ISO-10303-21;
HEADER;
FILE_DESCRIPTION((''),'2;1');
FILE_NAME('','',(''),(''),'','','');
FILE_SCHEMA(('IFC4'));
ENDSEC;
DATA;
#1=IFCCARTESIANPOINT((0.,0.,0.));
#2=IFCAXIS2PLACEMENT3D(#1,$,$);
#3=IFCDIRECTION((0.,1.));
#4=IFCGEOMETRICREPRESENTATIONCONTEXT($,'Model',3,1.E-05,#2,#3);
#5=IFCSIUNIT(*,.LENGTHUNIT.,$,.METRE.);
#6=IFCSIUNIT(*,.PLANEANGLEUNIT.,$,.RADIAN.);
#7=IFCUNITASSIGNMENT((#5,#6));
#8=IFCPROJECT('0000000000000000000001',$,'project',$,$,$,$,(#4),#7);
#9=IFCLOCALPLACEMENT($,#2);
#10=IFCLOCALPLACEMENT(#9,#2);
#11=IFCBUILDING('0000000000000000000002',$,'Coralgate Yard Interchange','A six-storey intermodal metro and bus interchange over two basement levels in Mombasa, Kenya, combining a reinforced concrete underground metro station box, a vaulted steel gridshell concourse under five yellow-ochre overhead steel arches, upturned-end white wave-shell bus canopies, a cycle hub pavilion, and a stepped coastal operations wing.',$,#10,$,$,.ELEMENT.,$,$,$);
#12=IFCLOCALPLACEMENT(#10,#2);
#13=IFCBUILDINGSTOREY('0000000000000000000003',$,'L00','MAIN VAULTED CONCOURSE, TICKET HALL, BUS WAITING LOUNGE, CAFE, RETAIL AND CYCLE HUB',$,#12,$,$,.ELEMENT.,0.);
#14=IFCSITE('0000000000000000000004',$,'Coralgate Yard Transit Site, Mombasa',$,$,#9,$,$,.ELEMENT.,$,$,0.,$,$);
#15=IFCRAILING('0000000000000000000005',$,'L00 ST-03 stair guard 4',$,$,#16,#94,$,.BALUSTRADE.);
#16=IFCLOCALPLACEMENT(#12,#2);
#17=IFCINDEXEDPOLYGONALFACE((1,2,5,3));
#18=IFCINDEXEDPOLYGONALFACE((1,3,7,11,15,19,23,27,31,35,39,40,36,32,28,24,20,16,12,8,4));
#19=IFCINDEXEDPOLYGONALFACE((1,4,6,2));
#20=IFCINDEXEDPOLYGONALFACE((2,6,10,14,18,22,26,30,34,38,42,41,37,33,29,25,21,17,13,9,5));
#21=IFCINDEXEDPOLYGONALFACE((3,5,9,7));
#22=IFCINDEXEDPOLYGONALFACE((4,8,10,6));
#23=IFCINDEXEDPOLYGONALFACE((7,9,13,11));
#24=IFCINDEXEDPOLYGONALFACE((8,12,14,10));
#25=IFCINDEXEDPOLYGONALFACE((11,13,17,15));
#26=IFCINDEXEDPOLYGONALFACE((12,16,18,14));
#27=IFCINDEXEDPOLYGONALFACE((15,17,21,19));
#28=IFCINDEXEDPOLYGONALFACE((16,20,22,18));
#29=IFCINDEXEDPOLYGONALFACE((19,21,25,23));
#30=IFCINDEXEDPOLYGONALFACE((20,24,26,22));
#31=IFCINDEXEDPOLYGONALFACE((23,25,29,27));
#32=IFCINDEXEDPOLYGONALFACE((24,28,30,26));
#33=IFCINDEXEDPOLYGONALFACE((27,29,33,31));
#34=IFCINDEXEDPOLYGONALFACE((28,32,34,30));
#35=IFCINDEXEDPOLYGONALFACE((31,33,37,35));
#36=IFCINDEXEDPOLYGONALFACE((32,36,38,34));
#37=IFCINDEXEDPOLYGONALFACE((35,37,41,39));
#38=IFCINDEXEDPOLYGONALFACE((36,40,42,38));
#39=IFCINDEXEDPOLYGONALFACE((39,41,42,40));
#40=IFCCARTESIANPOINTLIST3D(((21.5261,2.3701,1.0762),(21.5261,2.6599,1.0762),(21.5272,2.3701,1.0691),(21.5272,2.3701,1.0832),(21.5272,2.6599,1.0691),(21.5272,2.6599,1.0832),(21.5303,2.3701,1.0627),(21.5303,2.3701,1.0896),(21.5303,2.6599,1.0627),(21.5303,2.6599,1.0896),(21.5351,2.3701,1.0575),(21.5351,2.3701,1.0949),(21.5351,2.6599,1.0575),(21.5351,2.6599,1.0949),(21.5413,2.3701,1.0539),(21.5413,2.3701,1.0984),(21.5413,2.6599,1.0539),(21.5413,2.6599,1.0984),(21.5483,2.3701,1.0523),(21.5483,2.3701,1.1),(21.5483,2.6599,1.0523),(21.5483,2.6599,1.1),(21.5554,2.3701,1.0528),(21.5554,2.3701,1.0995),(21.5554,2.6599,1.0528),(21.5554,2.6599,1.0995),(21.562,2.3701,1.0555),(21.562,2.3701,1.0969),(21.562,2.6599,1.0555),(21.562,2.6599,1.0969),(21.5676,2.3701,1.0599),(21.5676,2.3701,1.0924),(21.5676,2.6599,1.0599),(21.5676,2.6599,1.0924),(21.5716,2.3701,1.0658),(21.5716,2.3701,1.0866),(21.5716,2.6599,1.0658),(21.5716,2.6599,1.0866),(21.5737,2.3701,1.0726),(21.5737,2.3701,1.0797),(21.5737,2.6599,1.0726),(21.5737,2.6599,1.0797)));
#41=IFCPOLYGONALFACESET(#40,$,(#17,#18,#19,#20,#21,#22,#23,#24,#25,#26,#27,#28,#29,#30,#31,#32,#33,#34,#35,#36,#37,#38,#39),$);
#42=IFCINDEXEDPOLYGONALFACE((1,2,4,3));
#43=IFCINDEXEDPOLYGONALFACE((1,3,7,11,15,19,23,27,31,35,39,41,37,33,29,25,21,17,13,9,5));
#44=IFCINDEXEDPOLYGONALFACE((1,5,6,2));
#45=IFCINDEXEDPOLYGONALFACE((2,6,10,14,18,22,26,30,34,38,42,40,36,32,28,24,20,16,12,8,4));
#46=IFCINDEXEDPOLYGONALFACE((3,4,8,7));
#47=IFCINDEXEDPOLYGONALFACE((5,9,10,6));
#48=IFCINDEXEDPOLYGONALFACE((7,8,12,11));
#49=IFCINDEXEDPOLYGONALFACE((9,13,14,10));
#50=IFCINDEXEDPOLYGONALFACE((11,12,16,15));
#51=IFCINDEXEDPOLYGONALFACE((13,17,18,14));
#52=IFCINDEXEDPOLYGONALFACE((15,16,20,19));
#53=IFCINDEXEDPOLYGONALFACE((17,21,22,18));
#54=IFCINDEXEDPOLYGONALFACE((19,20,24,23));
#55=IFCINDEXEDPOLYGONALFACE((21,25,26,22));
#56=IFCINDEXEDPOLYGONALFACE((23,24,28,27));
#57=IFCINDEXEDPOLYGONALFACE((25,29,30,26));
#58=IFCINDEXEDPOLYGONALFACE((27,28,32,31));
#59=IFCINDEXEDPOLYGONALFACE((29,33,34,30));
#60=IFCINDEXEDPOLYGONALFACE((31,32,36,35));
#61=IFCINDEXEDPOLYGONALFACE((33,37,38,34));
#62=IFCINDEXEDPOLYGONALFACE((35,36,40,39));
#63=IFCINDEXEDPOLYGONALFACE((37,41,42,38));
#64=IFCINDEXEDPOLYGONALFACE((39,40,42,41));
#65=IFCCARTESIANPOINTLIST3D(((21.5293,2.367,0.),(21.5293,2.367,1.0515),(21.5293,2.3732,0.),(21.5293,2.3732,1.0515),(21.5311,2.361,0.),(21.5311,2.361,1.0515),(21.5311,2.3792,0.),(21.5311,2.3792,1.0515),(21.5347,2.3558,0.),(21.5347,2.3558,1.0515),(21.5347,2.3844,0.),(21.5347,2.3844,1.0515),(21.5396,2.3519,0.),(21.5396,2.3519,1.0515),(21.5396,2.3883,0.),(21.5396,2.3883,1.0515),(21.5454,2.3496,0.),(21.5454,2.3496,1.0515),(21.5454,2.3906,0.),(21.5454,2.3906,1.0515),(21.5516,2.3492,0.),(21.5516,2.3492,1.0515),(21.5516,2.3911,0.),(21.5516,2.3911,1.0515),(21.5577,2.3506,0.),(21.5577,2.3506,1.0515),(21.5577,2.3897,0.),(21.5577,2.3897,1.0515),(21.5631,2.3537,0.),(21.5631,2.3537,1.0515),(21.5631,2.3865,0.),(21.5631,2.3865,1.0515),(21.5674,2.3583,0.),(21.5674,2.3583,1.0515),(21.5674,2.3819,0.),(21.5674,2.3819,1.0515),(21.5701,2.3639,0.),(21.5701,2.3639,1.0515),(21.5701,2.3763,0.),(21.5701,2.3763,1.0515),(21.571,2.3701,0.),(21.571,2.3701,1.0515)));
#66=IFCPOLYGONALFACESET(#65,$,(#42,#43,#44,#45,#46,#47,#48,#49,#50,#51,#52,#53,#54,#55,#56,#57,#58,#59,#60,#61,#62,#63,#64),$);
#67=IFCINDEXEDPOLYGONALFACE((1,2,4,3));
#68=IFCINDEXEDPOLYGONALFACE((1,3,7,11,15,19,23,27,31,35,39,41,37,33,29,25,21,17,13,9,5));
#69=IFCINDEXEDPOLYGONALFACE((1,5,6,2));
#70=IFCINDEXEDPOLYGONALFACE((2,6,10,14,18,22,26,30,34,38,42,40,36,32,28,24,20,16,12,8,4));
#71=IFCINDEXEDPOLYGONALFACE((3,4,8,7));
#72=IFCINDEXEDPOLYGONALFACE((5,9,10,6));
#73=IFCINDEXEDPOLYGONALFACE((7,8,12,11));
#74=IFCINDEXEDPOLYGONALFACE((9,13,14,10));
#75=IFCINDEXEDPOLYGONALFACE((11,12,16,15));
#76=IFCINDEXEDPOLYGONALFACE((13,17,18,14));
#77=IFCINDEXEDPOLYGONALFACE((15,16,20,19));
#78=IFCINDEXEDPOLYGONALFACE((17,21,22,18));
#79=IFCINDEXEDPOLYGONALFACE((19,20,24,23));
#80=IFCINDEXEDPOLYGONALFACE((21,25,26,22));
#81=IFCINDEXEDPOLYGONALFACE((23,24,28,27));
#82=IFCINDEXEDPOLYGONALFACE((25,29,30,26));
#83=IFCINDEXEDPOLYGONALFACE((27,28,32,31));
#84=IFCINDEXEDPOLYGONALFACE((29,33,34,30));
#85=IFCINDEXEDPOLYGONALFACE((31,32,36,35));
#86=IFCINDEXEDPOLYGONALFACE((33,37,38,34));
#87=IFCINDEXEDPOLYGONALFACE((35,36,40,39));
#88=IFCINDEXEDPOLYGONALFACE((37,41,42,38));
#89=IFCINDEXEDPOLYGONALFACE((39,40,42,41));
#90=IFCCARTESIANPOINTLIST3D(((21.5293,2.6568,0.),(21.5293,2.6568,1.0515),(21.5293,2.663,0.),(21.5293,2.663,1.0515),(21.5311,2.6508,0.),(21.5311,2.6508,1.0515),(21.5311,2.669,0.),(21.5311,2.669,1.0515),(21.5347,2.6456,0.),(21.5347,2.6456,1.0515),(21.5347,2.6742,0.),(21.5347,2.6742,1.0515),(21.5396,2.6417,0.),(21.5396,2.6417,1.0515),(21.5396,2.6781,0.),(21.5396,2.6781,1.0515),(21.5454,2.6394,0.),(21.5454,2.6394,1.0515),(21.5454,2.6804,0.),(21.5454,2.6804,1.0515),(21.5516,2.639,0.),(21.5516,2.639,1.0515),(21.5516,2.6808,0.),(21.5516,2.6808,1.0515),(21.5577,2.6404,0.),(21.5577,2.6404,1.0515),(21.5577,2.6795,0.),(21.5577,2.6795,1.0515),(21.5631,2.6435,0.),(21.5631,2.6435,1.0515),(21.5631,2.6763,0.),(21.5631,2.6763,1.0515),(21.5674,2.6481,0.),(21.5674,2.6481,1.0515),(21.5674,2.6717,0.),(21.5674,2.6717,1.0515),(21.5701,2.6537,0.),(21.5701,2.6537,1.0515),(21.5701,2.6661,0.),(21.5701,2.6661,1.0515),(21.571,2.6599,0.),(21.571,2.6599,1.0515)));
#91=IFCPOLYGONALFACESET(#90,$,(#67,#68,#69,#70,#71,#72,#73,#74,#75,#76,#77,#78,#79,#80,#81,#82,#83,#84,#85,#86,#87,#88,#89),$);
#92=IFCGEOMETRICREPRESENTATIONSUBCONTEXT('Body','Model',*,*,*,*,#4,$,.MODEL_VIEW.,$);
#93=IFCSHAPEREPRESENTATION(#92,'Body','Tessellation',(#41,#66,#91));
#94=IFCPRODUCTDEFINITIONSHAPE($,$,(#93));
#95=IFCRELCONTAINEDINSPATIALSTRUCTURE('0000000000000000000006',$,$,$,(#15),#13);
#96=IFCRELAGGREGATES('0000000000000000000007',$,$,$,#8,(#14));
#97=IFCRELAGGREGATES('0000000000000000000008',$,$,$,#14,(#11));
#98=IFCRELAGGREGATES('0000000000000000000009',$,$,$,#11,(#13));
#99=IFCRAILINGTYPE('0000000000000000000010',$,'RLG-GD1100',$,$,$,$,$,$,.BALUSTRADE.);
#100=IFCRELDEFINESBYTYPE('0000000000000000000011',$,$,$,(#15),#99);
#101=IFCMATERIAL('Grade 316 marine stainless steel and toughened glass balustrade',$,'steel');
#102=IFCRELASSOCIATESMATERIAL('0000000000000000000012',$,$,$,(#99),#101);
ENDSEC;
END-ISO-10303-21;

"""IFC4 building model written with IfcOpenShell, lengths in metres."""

from ifc_helpers import new_model, si_unit, direction, frame, origin, origin_2d, place, context, subcontext, project, spatial, circle, extrude, material, type_object, element, save


model = new_model("IFC4")

# Units and contexts
model_context = context("Model", 3, precision=1e-05, world=origin(), true_north=direction((0.0, 1.0)))
body_context = subcontext(model_context, "Body", "Model", "MODEL_VIEW")
ifc_project = project(units=[si_unit("LENGTHUNIT", "METRE"), si_unit("PLANEANGLEUNIT", "RADIAN")], contexts=[model_context])

# Site, building, storey
site_placement = place(None, origin())
site = spatial("IfcSite", under=ifc_project, at=site_placement, Name="Coralgate Yard Transit Site, Mombasa", CompositionType="ELEMENT", RefElevation=0.0)
building_placement = place(site_placement, origin())
building = spatial("IfcBuilding", under=site, at=building_placement, Name="Coralgate Yard Interchange", Description="A six-storey intermodal metro and bus interchange over two basement levels in Mombasa, Kenya, combining a reinforced concrete underground metro station box, a vaulted steel gridshell concourse under five yellow-ochre overhead steel arches, upturned-end white wave-shell bus canopies, a cycle hub pavilion, and a stepped coastal operations wing.", CompositionType="ELEMENT")
storey_placement = place(building_placement, origin())
storey = spatial("IfcBuildingStorey", under=building, at=storey_placement, Name="L00", Description="MAIN VAULTED CONCOURSE, TICKET HALL, BUS WAITING LOUNGE, CAFE, RETAIL AND CYCLE HUB", CompositionType="ELEMENT", Elevation=0.0)

# Railing
ifc_material_1 = material(Name="Grade 316 marine stainless steel and toughened glass balustrade", Category="steel")
railing_type_1 = type_object("IfcRailingType", Name="RLG-GD1100", PredefinedType="BALUSTRADE", material=ifc_material_1)
railing_1_placement = place(storey_placement, frame((21.55, 2.3701, 0.0)))
element("IfcRailing", 1, at=railing_1_placement, inside=storey, type_object=railing_type_1, Name="L00 ST-03 stair guard 4", PredefinedType="BALUSTRADE", context=body_context, shape_type="SweptSolid", body=[
    extrude(circle(Radius=0.0239, at=origin_2d()), frame((0.0, 0.0, 1.0762), z_axis=(0.0, 1.0, 0.0), x_axis=(-1.0, 0.0, 0.0)), (0.0, 0.0, 1.0), 0.2898),
    extrude(circle(Radius=0.021, at=origin_2d()), origin(), (0.0, 0.0, 1.0), 1.0515),
    extrude(circle(Radius=0.021, at=origin_2d()), frame((0.0, 0.2898, 0.0)), (0.0, 0.0, 1.0), 1.0515),
])

save(model, "model.ifc")
